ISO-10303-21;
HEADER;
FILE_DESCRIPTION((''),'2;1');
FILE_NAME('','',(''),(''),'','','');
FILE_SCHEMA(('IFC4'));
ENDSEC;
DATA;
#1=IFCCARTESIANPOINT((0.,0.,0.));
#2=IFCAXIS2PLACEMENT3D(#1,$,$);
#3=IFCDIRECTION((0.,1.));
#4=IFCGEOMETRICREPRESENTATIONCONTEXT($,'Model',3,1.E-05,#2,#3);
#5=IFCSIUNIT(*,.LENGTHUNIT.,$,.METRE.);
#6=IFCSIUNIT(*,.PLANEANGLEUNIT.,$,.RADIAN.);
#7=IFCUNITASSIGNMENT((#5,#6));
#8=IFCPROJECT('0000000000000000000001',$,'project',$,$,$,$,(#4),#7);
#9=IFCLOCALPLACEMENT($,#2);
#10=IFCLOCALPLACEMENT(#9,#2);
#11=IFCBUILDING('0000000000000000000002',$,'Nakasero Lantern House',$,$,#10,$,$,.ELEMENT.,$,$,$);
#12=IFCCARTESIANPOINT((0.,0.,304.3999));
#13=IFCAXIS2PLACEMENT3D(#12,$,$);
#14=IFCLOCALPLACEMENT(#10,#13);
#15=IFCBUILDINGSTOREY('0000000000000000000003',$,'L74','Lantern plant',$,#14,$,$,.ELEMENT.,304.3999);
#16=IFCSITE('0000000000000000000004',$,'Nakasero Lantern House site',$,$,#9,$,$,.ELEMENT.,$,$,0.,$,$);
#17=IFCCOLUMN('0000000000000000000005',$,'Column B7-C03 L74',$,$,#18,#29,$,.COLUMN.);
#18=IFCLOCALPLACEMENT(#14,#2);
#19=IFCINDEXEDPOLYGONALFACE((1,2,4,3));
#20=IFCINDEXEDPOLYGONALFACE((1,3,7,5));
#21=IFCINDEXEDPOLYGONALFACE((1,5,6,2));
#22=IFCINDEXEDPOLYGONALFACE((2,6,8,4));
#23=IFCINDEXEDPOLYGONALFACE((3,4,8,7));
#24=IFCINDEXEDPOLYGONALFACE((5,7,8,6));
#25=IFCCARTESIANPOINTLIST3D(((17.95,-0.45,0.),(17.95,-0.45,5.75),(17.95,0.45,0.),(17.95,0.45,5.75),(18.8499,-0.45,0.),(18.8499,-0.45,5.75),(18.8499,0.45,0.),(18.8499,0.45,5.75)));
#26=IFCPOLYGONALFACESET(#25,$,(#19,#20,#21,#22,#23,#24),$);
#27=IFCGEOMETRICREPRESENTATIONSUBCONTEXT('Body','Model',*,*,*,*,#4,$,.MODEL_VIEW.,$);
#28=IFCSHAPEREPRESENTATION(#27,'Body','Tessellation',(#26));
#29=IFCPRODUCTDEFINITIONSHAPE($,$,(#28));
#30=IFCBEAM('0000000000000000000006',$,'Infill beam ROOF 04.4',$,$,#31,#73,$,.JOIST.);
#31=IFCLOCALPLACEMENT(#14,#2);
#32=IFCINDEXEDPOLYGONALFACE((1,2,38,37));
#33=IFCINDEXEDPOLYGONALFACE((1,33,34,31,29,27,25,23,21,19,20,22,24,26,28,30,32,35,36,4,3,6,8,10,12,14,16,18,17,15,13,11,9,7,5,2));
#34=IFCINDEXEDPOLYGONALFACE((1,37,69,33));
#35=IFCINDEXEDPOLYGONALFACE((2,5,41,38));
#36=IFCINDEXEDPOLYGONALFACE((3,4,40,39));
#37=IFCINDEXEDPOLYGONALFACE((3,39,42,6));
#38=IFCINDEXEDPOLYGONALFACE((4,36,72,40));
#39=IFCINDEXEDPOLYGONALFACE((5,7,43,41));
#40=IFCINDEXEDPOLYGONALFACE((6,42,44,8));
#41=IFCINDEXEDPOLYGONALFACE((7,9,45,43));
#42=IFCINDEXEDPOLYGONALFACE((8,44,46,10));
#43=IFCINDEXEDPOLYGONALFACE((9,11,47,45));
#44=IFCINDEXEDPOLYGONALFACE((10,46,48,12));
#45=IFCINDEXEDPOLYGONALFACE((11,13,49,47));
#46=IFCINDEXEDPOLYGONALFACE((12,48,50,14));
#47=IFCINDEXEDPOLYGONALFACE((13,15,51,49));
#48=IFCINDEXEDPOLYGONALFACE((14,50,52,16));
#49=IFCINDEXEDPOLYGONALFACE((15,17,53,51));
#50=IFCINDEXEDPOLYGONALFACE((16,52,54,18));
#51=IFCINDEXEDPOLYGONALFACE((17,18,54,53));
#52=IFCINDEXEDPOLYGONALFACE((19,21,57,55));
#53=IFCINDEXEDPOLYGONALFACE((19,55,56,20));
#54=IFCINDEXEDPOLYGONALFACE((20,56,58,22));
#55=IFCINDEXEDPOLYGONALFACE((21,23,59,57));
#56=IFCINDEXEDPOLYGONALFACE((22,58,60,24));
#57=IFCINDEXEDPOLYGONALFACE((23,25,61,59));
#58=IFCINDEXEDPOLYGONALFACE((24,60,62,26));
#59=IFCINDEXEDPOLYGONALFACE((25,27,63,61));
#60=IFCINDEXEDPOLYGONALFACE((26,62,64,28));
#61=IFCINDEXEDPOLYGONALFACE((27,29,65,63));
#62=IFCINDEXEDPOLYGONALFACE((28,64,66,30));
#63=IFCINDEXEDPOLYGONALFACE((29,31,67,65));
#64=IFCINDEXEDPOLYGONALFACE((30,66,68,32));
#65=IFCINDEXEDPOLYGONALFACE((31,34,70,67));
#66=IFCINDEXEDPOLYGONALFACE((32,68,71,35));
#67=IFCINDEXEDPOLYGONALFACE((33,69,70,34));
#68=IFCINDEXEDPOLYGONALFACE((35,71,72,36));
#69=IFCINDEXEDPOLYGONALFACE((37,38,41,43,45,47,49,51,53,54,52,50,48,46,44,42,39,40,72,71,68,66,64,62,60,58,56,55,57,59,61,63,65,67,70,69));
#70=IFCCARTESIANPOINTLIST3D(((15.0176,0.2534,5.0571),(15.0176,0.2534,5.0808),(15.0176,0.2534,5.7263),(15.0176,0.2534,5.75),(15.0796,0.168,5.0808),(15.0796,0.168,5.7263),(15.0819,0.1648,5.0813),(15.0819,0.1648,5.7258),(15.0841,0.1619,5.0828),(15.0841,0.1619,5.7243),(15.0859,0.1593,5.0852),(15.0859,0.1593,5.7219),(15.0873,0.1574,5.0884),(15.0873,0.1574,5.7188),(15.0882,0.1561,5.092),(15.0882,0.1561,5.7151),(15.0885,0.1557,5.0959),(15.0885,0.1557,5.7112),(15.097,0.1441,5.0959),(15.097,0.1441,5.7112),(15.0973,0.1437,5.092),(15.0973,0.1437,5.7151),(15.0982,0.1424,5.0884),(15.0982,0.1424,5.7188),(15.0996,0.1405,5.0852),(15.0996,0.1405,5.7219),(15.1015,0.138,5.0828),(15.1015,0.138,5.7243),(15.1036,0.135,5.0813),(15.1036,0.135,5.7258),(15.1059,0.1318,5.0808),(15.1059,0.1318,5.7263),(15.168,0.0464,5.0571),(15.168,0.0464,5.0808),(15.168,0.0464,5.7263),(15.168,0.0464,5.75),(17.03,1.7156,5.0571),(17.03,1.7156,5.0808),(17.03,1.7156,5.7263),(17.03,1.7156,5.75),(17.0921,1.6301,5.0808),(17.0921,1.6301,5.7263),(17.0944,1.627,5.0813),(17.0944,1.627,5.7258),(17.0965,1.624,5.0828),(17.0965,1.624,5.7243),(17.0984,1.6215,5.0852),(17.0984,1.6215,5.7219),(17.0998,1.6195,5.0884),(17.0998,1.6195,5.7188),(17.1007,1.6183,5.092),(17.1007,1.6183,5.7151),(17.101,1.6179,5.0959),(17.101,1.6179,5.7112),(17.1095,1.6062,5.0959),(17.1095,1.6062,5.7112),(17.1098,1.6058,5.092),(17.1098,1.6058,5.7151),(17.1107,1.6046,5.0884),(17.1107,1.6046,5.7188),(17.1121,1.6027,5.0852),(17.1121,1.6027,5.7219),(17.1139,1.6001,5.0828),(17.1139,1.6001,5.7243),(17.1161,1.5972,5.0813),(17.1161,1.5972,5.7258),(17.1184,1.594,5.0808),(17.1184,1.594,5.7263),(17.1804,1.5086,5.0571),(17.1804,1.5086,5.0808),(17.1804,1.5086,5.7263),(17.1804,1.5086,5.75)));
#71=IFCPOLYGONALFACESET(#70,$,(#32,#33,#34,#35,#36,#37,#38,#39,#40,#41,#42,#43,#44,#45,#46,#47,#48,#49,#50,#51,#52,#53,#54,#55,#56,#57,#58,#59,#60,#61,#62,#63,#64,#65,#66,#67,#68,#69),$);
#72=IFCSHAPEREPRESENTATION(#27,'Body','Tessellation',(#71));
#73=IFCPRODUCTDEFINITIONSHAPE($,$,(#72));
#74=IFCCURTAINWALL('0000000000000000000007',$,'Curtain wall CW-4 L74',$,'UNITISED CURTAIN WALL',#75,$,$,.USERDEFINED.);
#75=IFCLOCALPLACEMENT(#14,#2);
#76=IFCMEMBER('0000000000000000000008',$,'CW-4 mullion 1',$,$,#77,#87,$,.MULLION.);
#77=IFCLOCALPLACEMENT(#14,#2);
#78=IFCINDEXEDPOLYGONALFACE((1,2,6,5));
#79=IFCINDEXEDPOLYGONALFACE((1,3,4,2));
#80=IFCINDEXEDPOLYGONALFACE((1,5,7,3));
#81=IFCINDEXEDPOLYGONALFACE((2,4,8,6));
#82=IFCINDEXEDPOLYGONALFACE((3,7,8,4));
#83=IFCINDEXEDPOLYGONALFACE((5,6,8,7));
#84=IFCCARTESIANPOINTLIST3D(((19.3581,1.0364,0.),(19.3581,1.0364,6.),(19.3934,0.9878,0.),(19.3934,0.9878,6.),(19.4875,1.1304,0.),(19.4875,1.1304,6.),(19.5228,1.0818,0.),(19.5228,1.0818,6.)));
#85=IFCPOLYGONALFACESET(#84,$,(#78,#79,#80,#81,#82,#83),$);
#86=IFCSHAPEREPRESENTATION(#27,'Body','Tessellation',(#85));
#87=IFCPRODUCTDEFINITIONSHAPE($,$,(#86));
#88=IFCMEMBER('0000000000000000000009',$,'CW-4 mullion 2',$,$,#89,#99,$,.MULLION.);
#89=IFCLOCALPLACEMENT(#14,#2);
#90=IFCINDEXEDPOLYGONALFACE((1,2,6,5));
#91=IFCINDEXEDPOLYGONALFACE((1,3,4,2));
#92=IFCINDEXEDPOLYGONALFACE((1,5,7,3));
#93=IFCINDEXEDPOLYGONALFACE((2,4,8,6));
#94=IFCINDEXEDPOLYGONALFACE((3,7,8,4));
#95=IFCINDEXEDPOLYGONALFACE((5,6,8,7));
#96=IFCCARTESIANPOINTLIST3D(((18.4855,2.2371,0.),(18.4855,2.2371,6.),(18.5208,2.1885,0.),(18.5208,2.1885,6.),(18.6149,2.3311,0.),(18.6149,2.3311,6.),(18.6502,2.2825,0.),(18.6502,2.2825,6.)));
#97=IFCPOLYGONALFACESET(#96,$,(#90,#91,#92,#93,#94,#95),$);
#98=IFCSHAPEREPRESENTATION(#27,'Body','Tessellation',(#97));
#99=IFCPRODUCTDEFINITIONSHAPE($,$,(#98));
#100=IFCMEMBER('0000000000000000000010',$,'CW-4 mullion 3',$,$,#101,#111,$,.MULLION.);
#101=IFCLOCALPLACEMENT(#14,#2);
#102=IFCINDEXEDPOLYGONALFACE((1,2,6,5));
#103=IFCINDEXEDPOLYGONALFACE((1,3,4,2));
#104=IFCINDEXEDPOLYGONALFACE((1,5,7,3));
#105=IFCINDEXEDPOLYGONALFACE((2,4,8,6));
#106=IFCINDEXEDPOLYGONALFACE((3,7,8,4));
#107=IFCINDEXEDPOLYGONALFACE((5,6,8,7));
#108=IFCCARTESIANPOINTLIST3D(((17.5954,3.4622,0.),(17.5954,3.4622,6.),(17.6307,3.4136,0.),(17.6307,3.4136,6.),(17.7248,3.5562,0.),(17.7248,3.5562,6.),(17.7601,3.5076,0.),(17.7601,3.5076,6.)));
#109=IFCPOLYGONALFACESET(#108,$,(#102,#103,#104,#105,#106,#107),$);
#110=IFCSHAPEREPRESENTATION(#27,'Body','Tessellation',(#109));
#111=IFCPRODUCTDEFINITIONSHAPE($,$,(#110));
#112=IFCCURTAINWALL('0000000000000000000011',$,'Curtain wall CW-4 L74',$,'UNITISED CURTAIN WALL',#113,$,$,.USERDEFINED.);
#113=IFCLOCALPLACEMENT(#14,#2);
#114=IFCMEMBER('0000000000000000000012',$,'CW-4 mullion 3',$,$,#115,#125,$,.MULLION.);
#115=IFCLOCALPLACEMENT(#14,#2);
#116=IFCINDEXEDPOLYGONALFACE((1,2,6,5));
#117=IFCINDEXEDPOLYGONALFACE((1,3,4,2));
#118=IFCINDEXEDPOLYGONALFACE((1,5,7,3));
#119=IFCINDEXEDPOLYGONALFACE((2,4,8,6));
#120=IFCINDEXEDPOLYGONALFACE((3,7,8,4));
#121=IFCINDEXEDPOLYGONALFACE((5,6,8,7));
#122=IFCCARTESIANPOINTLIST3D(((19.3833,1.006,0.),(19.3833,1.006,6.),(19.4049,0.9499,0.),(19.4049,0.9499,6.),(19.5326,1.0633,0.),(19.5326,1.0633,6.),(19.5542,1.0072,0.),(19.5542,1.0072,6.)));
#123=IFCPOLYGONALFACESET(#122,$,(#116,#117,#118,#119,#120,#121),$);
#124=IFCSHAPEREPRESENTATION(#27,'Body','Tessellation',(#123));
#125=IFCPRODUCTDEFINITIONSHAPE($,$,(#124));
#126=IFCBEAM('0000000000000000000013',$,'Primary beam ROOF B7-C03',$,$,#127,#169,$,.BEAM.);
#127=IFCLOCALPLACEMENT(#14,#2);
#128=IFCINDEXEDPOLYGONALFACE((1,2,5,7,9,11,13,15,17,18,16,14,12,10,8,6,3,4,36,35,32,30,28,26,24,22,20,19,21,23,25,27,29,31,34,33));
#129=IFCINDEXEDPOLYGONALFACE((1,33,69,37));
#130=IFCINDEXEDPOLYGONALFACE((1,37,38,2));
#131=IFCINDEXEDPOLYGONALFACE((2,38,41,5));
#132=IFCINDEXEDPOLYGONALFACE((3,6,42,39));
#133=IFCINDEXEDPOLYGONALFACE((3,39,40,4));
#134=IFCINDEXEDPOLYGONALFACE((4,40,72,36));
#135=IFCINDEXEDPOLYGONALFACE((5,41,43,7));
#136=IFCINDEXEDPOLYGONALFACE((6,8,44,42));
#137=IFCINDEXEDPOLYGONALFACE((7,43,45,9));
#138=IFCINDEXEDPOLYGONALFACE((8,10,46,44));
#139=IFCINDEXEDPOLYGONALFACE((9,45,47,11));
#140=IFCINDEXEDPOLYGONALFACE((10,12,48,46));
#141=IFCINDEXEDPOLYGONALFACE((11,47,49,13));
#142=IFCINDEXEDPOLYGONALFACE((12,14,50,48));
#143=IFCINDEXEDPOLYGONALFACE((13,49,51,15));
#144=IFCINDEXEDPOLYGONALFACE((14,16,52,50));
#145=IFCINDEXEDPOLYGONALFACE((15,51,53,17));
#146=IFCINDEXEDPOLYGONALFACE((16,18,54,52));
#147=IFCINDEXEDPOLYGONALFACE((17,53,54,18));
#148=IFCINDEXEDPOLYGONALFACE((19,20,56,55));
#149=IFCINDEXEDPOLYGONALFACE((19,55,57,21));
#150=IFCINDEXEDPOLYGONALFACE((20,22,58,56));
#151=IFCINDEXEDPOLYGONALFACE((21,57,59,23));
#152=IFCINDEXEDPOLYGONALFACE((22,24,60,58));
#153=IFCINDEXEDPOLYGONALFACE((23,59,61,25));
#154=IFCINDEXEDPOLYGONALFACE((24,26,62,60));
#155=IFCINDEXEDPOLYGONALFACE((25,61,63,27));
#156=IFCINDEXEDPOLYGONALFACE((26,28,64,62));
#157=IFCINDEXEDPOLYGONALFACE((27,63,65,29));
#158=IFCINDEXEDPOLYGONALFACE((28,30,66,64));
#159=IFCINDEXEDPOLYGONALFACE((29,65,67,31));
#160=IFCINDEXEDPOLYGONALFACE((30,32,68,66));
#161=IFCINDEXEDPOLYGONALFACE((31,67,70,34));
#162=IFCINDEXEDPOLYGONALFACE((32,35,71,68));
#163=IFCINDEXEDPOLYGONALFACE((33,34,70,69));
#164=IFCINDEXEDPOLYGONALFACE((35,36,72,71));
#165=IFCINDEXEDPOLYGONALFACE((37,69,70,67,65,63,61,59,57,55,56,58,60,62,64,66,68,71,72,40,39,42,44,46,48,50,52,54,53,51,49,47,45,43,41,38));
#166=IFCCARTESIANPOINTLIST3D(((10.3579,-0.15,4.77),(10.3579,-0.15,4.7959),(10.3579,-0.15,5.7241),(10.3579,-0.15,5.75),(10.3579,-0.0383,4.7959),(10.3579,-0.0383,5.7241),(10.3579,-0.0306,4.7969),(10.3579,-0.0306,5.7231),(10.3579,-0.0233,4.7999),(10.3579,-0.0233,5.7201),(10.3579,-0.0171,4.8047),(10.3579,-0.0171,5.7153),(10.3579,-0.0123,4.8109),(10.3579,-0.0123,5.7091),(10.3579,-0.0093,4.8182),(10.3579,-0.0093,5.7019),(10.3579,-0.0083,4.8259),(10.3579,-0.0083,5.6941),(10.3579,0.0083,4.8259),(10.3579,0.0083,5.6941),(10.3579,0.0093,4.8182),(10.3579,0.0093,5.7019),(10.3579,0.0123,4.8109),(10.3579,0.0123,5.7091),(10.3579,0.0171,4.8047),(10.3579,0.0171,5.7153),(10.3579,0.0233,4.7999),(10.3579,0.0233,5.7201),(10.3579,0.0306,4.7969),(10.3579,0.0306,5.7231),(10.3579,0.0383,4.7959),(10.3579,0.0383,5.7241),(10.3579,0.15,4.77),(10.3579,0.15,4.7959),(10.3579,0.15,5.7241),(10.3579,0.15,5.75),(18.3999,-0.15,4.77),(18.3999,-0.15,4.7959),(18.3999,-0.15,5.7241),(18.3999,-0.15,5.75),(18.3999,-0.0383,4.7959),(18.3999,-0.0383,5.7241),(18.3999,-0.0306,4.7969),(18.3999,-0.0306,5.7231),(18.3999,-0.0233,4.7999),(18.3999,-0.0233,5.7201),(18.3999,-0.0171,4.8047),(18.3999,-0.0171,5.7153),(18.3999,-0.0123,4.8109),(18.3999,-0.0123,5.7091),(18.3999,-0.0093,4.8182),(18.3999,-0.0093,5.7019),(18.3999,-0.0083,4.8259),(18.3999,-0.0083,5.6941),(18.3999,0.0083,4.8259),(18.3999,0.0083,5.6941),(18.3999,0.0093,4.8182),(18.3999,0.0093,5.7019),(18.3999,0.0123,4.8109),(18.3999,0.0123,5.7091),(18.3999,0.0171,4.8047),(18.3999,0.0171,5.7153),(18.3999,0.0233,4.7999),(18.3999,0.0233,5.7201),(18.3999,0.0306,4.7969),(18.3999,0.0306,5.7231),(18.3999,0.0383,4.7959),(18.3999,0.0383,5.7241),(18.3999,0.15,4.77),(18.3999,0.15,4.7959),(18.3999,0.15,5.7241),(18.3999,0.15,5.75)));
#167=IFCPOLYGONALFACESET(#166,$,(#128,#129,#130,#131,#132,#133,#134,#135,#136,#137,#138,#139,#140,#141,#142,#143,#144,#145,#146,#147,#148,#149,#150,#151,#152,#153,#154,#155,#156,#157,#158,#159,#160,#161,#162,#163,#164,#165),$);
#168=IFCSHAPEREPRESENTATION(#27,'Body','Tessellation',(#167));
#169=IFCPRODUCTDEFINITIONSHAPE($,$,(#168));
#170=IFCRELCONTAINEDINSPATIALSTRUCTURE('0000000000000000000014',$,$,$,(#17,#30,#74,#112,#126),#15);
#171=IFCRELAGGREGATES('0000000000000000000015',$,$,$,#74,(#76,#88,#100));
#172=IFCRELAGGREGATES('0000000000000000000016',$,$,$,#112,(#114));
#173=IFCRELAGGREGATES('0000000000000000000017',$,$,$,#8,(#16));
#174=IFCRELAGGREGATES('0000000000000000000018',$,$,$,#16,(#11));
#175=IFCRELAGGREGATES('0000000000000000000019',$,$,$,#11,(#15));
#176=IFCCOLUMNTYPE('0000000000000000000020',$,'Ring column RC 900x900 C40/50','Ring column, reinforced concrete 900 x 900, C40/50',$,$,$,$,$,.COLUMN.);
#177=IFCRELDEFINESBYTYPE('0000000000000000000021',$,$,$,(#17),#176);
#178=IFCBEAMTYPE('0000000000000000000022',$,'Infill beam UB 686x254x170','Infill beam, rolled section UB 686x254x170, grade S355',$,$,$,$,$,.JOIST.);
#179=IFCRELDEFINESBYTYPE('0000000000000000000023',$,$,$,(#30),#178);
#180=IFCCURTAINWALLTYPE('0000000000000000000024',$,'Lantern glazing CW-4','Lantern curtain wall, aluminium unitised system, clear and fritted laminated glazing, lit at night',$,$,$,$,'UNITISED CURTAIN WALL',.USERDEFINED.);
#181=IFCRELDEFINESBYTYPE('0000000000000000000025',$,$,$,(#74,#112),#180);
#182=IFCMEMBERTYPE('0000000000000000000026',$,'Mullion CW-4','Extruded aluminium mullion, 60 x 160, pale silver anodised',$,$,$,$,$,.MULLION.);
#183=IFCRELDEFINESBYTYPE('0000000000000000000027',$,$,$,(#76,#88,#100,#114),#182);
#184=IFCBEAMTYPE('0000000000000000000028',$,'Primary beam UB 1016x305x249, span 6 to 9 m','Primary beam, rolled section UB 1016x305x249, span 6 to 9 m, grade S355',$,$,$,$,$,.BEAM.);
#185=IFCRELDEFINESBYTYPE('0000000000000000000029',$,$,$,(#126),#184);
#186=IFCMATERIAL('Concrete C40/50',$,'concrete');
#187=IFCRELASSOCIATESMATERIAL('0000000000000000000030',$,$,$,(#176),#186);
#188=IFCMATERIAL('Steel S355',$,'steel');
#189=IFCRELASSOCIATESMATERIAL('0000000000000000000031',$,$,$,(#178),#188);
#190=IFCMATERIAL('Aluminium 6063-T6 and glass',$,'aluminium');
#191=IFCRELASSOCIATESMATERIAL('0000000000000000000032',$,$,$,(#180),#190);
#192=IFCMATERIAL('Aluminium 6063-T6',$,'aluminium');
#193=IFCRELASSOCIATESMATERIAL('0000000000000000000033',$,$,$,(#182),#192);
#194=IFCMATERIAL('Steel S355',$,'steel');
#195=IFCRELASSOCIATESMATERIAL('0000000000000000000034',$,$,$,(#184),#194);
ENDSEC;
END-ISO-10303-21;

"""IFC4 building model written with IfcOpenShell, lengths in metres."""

from ifc_helpers import new_model, si_unit, direction, frame, origin, origin_2d, place, context, subcontext, project, spatial, rectangle, i_section, extrude, material, material_profile, profile_set, type_object, element, aggregate, save


model = new_model("IFC4")

# Units and contexts
model_context = context("Model", 3, precision=1e-05, world=origin(), true_north=direction((0.0, 1.0)))
body_context = subcontext(model_context, "Body", "Model", "MODEL_VIEW")
ifc_project = project(units=[si_unit("LENGTHUNIT", "METRE"), si_unit("PLANEANGLEUNIT", "RADIAN")], contexts=[model_context])

# Site, building, storey
site_placement = place(None, origin())
site = spatial("IfcSite", under=ifc_project, at=site_placement, Name="Nakasero Lantern House site", CompositionType="ELEMENT", RefElevation=0.0)
building_placement = place(site_placement, origin())
building = spatial("IfcBuilding", under=site, at=building_placement, Name="Nakasero Lantern House", CompositionType="ELEMENT")
storey_placement = place(building_placement, frame((0.0, 0.0, 304.3999)))
storey = spatial("IfcBuildingStorey", under=building, at=storey_placement, Name="L74", Description="Lantern plant", CompositionType="ELEMENT", Elevation=304.3999)

# Column
ifc_material_1 = material(Name="Concrete C40/50", Category="concrete")
ifc_material_profile_1 = material_profile(ifc_material_1, rectangle(XDim=0.8999, YDim=0.8999, at=origin_2d()), Name="RC 900x900")
ifc_profile_set_1 = profile_set([ifc_material_profile_1], Name="Concrete C40/50")
column_type = type_object("IfcColumnType", Name="Ring column RC 900x900 C40/50", Description="Ring column, reinforced concrete 900 x 900, C40/50", PredefinedType="COLUMN", material=ifc_profile_set_1)
column_placement = place(storey_placement, frame((18.3999, 0.0, 0.0), z_axis=(0.0, 0.0, 1.0), x_axis=(1.0, 0.0, 0.0)))
element("IfcColumn", 1, at=column_placement, inside=storey, type_object=column_type, Name="Column B7-C03 L74", PredefinedType="COLUMN", context=body_context, shape_type="SweptSolid", body=[
    extrude(rectangle(XDim=0.8999, YDim=0.8999, at=origin_2d()), origin(), (0.0, 0.0, 1.0), 5.75),
])

# Beam
ifc_material_2 = material(Name="Steel S355", Category="steel")
ifc_material_profile_2 = material_profile(ifc_material_2, i_section(OverallWidth=0.2559, OverallDepth=0.6929, WebThickness=0.0144, FlangeThickness=0.0237, FilletRadius=0.0151, at=origin_2d()), Name="UB 686x254x170")
ifc_profile_set_2 = profile_set([ifc_material_profile_2], Name="Steel S355")
beam_type_1 = type_object("IfcBeamType", Name="Infill beam UB 686x254x170", Description="Infill beam, rolled section UB 686x254x170, grade S355", PredefinedType="JOIST", material=ifc_profile_set_2)
beam_1_placement = place(storey_placement, frame((15.0928, 0.1499, 5.4036), z_axis=(0.809012, 0.587792, 0.0), x_axis=(-0.587792, 0.809012, 0.0)))
element("IfcBeam", 2, at=beam_1_placement, inside=storey, type_object=beam_type_1, Name="Infill beam ROOF 04.4", PredefinedType="JOIST", context=body_context, shape_type="SweptSolid", body=[
    extrude(i_section(OverallWidth=0.2559, OverallDepth=0.6929, WebThickness=0.0144, FlangeThickness=0.0237, FilletRadius=0.0151, at=origin_2d()), origin(), (0.0, 0.0, 1.0), 2.4875),
])

# Curtain wall, members
ifc_material_3 = material(Name="Aluminium 6063-T6 and glass", Category="aluminium")
curtain_wall_type = type_object("IfcCurtainWallType", Name="Lantern glazing CW-4", Description="Lantern curtain wall, aluminium unitised system, clear and fritted laminated glazing, lit at night", ElementType="UNITISED CURTAIN WALL", PredefinedType="USERDEFINED", material=ifc_material_3)
curtain_wall_1_placement = place(storey_placement, origin())
curtain_wall_1 = element("IfcCurtainWall", 3, at=curtain_wall_1_placement, inside=storey, type_object=curtain_wall_type, Name="Curtain wall CW-4 L74", ObjectType="UNITISED CURTAIN WALL", PredefinedType="USERDEFINED")
ifc_material_4 = material(Name="Aluminium 6063-T6", Category="aluminium")
ifc_material_profile_3 = material_profile(ifc_material_4, rectangle(XDim=0.0601, YDim=0.1599, at=origin_2d()), Name="CW-4 mullion 60x160")
ifc_profile_set_3 = profile_set([ifc_material_profile_3], Name="Aluminium 6063-T6")
member_type_1 = type_object("IfcMemberType", Name="Mullion CW-4", Description="Extruded aluminium mullion, 60 x 160, pale silver anodised", PredefinedType="MULLION", material=ifc_profile_set_3)
member_1_placement = place(storey_placement, frame((19.4404, 1.0591, 0.0), z_axis=(0.0, 0.0, 1.0), x_axis=(-0.587785, 0.809017, 0.0)))
member_1 = element("IfcMember", 4, at=member_1_placement, type_object=member_type_1, Name="CW-4 mullion 1", PredefinedType="MULLION", context=body_context, shape_type="SweptSolid", body=[
    extrude(rectangle(XDim=0.0601, YDim=0.1599, at=origin_2d()), origin(), (0.0, 0.0, 1.0), 6.0),
])
member_2_placement = place(storey_placement, frame((18.5679, 2.2598, 0.0), z_axis=(0.0, 0.0, 1.0), x_axis=(-0.587785, 0.809017, 0.0)))
member_2 = element("IfcMember", 5, at=member_2_placement, type_object=member_type_1, Name="CW-4 mullion 2", PredefinedType="MULLION", context=body_context, shape_type="SweptSolid", body=[
    extrude(rectangle(XDim=0.0601, YDim=0.1599, at=origin_2d()), origin(), (0.0, 0.0, 1.0), 6.0),
])
member_3_placement = place(storey_placement, frame((17.6777, 3.4849, 0.0), z_axis=(0.0, 0.0, 1.0), x_axis=(-0.587785, 0.809017, 0.0)))
member_3 = element("IfcMember", 6, at=member_3_placement, type_object=member_type_1, Name="CW-4 mullion 3", PredefinedType="MULLION", context=body_context, shape_type="SweptSolid", body=[
    extrude(rectangle(XDim=0.0601, YDim=0.1599, at=origin_2d()), origin(), (0.0, 0.0, 1.0), 6.0),
])

# Curtain wall, member
curtain_wall_2_placement = place(storey_placement, origin())
curtain_wall_2 = element("IfcCurtainWall", 7, at=curtain_wall_2_placement, inside=storey, type_object=curtain_wall_type, Name="Curtain wall CW-4 L74", ObjectType="UNITISED CURTAIN WALL", PredefinedType="USERDEFINED")
member_4_placement = place(storey_placement, frame((19.4688, 1.0066, 0.0), z_axis=(0.0, 0.0, 1.0), x_axis=(-0.358368, 0.93358, 0.0)))
member_4 = element("IfcMember", 8, at=member_4_placement, type_object=member_type_1, Name="CW-4 mullion 3", PredefinedType="MULLION", context=body_context, shape_type="SweptSolid", body=[
    extrude(rectangle(XDim=0.0601, YDim=0.1599, at=origin_2d()), origin(), (0.0, 0.0, 1.0), 6.0),
])

# Beam
ifc_material_5 = material(Name="Steel S355", Category="steel")
ifc_material_profile_4 = material_profile(ifc_material_5, i_section(OverallWidth=0.3, OverallDepth=0.98, WebThickness=0.0166, FlangeThickness=0.0259, FilletRadius=0.03, at=origin_2d()), Name="UB 1016x305x249")
ifc_profile_set_4 = profile_set([ifc_material_profile_4], Name="Steel S355")
beam_type_2 = type_object("IfcBeamType", Name="Primary beam UB 1016x305x249, span 6 to 9 m", Description="Primary beam, rolled section UB 1016x305x249, span 6 to 9 m, grade S355", PredefinedType="BEAM", material=ifc_profile_set_4)
beam_2_placement = place(storey_placement, frame((18.3999, 0.0, 5.26), z_axis=(-1.0, 0.0, 0.0), x_axis=(0.0, -1.0, 0.0)))
element("IfcBeam", 9, at=beam_2_placement, inside=storey, type_object=beam_type_2, Name="Primary beam ROOF B7-C03", PredefinedType="BEAM", context=body_context, shape_type="SweptSolid", body=[
    extrude(i_section(OverallWidth=0.3, OverallDepth=0.98, WebThickness=0.0166, FlangeThickness=0.0259, FilletRadius=0.03, at=origin_2d()), origin(), (0.0, 0.0, 1.0), 8.042),
])

aggregate(curtain_wall_1, [member_1, member_2, member_3])
aggregate(curtain_wall_2, [member_4])

save(model, "model.ifc")
